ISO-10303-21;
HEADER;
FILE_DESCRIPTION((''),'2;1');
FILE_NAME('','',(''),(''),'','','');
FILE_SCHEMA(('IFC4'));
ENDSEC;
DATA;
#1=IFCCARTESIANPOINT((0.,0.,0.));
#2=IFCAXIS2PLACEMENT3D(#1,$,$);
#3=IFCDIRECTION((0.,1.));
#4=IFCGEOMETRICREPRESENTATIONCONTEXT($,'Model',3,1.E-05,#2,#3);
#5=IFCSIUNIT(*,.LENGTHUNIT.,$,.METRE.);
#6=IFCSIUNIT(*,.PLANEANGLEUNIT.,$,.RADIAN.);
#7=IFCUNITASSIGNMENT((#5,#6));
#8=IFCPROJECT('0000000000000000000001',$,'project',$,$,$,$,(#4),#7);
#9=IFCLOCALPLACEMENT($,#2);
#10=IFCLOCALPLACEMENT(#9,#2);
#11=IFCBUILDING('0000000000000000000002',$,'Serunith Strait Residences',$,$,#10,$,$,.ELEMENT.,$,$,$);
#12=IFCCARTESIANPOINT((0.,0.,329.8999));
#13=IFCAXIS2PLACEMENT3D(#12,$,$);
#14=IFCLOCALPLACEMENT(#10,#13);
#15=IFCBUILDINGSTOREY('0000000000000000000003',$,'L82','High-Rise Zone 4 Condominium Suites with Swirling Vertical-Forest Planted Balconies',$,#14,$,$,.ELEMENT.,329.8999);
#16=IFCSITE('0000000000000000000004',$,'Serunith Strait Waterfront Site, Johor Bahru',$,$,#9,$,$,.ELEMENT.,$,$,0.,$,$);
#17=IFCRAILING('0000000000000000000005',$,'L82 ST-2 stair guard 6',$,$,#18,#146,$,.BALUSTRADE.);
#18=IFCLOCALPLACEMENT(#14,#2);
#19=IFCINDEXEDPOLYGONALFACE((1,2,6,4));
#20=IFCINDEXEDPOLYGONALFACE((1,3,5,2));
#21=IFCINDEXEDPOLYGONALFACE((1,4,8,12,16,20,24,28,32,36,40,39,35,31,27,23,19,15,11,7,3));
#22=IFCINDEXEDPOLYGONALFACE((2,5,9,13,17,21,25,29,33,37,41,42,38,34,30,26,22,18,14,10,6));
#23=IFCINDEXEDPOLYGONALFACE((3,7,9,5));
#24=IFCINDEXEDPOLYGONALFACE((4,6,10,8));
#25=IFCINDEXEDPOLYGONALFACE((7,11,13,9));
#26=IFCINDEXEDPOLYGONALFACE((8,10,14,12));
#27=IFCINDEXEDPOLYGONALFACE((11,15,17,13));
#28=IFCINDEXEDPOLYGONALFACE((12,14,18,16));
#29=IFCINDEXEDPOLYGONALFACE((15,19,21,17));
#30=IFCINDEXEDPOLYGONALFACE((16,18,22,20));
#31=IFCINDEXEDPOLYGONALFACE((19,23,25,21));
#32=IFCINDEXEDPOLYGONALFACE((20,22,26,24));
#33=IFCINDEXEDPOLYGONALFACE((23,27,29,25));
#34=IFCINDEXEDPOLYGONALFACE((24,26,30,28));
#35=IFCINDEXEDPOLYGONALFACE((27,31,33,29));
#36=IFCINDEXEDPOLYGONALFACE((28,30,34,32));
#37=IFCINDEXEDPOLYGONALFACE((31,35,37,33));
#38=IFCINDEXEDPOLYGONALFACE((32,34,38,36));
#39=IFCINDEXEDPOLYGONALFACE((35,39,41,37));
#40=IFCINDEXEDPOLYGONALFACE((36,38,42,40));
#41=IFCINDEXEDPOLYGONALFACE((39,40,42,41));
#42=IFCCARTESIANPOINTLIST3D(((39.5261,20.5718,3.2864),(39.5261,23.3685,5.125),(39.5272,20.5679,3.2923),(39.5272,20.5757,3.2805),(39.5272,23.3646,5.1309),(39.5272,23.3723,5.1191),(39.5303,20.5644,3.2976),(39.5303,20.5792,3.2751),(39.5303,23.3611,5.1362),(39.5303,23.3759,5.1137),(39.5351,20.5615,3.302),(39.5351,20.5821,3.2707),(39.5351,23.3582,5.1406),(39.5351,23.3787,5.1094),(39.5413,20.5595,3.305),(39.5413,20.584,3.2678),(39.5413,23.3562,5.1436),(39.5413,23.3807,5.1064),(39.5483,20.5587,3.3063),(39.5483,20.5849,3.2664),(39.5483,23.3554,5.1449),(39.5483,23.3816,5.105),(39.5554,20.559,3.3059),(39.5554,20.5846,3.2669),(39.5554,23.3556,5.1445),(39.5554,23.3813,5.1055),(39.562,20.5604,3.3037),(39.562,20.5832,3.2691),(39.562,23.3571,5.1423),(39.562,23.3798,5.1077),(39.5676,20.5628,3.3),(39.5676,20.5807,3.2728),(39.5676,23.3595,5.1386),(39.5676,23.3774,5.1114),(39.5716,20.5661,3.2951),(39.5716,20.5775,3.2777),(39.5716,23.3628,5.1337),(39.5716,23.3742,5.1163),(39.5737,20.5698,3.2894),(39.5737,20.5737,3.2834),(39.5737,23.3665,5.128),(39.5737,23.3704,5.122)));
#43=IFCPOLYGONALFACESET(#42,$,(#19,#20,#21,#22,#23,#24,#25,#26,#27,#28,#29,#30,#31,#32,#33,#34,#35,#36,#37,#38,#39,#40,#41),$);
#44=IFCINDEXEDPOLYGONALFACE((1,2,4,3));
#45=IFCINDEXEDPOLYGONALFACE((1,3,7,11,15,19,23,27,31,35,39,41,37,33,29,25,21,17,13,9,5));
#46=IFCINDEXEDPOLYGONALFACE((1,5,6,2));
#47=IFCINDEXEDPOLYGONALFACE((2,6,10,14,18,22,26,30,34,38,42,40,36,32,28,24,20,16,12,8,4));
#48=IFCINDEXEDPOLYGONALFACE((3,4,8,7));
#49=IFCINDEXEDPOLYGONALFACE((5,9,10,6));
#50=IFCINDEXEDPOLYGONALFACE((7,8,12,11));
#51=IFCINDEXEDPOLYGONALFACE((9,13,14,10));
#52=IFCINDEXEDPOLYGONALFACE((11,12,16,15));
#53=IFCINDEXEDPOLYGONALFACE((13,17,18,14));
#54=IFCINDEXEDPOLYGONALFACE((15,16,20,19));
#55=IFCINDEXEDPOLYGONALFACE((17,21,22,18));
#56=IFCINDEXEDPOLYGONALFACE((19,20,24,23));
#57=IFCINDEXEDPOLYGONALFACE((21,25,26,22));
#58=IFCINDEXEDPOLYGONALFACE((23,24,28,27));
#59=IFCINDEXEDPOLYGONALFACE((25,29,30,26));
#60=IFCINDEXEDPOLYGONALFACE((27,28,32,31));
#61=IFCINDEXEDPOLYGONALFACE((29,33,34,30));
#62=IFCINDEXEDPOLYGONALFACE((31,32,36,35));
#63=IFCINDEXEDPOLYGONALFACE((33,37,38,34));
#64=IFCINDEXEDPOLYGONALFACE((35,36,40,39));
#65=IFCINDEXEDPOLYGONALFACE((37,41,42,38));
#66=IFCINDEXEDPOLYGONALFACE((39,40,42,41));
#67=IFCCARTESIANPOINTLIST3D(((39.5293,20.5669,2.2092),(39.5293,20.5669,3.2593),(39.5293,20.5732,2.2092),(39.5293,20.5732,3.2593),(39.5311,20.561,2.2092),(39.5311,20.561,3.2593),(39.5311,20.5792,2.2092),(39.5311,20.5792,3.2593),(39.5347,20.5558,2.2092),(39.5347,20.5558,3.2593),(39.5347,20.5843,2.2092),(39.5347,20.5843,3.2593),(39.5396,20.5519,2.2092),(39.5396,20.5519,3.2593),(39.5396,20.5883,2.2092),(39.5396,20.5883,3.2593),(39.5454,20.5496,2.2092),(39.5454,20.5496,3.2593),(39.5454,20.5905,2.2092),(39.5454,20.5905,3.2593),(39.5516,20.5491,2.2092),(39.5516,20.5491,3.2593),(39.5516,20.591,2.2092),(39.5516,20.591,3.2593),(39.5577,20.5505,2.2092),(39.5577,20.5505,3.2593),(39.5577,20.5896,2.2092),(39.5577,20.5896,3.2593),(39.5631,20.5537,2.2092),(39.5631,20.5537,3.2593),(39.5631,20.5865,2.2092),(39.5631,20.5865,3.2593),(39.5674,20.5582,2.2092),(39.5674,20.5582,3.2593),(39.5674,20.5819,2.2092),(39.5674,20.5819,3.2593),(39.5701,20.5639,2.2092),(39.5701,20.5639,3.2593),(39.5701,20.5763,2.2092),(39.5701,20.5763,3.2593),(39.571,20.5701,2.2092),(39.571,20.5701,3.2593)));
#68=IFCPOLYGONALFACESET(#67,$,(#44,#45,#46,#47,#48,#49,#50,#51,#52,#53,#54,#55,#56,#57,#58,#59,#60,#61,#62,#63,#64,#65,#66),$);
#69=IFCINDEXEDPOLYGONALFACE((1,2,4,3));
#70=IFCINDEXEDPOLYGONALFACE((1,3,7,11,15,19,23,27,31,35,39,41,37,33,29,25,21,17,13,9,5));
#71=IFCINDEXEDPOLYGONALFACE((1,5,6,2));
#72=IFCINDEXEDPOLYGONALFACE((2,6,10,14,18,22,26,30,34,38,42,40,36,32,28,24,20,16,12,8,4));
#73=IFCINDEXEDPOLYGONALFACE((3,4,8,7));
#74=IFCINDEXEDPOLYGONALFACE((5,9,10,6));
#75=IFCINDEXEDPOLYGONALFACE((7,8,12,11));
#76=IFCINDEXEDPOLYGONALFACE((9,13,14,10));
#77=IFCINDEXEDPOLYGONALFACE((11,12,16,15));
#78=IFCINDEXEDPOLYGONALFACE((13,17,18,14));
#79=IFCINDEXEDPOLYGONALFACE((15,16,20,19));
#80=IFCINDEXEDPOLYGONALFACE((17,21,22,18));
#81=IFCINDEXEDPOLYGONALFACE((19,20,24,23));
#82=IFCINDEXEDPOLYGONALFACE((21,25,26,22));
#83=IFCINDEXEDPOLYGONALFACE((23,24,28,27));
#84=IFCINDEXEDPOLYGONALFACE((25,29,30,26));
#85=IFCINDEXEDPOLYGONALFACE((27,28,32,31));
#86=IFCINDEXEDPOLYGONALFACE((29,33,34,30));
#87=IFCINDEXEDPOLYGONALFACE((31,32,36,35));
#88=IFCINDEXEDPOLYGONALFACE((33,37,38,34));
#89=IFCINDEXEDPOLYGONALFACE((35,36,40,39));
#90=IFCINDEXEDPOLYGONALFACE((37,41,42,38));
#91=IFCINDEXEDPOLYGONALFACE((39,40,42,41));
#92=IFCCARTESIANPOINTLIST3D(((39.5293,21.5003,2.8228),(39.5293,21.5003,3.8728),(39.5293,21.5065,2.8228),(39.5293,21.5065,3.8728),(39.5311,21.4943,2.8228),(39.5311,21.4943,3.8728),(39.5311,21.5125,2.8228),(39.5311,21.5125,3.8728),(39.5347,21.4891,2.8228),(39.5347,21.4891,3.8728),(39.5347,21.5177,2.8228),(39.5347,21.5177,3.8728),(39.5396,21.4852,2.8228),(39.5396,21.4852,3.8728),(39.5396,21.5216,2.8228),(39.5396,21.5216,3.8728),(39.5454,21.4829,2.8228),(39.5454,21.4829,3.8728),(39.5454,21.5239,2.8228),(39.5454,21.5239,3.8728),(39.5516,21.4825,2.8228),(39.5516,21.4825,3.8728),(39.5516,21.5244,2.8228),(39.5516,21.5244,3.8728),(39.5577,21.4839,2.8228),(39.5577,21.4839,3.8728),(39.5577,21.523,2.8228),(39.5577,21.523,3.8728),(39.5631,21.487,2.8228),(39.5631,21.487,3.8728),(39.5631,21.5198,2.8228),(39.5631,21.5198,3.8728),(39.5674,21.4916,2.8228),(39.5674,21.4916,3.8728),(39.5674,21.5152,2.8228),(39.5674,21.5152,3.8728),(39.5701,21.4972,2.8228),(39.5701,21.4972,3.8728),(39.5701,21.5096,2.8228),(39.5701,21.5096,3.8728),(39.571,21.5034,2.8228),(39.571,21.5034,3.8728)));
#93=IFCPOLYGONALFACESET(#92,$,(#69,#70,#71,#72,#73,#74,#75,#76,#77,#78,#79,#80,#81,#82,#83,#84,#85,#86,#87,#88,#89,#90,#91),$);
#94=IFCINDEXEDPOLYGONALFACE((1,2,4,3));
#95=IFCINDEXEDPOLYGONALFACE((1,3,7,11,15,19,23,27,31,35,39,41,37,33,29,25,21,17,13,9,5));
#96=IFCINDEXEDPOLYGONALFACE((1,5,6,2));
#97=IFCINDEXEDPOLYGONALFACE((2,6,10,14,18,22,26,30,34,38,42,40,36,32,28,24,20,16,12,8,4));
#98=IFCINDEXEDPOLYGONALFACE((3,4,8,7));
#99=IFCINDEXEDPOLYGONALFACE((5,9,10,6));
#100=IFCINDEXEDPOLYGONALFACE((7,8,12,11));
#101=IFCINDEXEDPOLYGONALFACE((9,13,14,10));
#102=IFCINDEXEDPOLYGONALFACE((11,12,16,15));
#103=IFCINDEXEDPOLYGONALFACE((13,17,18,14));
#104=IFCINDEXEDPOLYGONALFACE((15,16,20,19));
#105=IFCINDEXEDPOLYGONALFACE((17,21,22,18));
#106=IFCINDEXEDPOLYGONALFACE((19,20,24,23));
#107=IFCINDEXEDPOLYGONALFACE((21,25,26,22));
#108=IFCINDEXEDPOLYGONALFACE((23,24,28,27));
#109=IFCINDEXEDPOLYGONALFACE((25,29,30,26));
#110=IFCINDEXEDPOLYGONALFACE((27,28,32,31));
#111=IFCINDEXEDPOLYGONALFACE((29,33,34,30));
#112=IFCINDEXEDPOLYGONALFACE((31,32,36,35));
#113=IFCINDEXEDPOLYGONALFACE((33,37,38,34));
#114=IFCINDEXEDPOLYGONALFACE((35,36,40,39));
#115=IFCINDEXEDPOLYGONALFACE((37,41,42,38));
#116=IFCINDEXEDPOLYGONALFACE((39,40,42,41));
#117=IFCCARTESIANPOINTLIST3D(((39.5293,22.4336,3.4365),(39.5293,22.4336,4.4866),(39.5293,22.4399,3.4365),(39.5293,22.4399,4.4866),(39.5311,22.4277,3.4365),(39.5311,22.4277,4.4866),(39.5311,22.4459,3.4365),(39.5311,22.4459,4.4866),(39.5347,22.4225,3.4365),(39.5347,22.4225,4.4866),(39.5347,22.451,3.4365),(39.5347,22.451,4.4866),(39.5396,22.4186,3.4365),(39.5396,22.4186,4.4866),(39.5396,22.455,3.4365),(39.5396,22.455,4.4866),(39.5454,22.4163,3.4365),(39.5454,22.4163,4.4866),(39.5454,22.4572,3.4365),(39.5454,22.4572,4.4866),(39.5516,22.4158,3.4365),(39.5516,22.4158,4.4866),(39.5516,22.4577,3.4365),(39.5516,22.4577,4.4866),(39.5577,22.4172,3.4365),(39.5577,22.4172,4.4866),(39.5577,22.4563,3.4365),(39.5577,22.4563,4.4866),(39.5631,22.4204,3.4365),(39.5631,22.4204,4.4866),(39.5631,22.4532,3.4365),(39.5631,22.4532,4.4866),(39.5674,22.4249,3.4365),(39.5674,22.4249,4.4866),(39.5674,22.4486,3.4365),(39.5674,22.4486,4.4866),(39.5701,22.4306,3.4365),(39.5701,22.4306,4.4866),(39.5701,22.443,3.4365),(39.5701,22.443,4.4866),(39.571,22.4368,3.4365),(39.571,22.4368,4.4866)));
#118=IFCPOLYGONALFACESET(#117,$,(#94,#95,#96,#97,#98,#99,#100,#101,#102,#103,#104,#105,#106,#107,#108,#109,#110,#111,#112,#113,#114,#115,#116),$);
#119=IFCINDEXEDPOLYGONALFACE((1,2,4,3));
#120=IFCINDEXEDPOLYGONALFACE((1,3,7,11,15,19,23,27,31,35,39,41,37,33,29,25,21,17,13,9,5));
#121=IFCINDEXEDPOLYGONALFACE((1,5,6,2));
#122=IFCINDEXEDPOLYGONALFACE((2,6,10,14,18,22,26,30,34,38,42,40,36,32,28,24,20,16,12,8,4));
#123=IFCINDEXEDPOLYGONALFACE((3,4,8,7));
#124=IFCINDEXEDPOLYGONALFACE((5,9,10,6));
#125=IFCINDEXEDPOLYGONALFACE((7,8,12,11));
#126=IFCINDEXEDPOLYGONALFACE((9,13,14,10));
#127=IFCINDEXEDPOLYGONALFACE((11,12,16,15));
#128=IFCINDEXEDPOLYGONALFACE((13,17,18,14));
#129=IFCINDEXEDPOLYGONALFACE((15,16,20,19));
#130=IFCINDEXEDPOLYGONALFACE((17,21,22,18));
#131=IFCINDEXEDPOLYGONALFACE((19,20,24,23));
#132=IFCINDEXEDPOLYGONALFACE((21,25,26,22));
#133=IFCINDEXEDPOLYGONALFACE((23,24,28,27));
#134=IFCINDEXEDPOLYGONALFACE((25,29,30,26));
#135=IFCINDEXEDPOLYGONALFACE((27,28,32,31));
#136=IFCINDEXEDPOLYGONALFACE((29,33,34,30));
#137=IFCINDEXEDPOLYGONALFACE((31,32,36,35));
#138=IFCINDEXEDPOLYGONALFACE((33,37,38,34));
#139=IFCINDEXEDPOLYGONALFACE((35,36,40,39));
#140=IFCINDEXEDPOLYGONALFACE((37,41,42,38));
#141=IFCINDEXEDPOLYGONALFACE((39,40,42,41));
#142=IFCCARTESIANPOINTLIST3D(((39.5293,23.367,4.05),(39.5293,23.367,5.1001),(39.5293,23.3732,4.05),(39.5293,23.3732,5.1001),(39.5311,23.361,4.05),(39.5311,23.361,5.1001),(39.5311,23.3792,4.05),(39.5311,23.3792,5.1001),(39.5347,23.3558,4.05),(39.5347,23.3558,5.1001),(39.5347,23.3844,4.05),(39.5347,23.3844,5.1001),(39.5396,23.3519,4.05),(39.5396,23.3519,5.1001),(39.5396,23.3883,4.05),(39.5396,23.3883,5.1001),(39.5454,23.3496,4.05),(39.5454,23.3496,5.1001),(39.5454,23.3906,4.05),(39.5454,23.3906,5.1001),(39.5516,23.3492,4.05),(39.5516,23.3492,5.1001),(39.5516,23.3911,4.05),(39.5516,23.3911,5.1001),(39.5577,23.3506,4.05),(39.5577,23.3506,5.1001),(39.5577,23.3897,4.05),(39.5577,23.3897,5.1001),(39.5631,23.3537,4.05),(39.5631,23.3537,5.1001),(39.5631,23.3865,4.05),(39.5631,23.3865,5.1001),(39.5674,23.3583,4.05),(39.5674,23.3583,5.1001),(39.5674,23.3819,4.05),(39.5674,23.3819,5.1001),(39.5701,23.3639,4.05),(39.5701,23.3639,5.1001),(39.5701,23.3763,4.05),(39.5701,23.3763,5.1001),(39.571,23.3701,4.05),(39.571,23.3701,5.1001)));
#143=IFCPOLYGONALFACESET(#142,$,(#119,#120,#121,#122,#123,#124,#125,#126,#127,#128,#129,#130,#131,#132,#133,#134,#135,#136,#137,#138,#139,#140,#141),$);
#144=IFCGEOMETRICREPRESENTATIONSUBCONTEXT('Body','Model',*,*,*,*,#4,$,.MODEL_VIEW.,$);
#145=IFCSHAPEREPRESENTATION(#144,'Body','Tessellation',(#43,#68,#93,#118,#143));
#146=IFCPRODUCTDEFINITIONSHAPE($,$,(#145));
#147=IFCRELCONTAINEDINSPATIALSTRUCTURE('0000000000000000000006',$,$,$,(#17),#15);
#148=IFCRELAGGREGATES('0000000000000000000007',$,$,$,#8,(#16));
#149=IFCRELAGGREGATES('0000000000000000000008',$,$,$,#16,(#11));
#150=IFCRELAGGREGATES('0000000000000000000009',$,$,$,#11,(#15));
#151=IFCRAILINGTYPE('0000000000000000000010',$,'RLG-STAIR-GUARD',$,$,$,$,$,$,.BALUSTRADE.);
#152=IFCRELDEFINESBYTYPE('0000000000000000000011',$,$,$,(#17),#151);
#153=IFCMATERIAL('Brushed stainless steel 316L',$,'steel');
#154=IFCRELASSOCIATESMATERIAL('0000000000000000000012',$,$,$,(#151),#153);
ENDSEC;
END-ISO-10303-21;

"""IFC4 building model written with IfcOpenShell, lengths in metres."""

from ifc_helpers import new_model, si_unit, direction, frame, origin, origin_2d, place, context, subcontext, project, spatial, circle, extrude, material, type_object, element, save


model = new_model("IFC4")

# Units and contexts
model_context = context("Model", 3, precision=1e-05, world=origin(), true_north=direction((0.0, 1.0)))
body_context = subcontext(model_context, "Body", "Model", "MODEL_VIEW")
ifc_project = project(units=[si_unit("LENGTHUNIT", "METRE"), si_unit("PLANEANGLEUNIT", "RADIAN")], contexts=[model_context])

# Site, building, storey
site_placement = place(None, origin())
site = spatial("IfcSite", under=ifc_project, at=site_placement, Name="Serunith Strait Waterfront Site, Johor Bahru", CompositionType="ELEMENT", RefElevation=0.0)
building_placement = place(site_placement, origin())
building = spatial("IfcBuilding", under=site, at=building_placement, Name="Serunith Strait Residences", CompositionType="ELEMENT")
storey_placement = place(building_placement, frame((0.0, 0.0, 329.8999)))
storey = spatial("IfcBuildingStorey", under=building, at=storey_placement, Name="L82", Description="High-Rise Zone 4 Condominium Suites with Swirling Vertical-Forest Planted Balconies", CompositionType="ELEMENT", Elevation=329.8999)

# Railing
ifc_material_1 = material(Name="Brushed stainless steel 316L", Category="steel")
railing_type_1 = type_object("IfcRailingType", Name="RLG-STAIR-GUARD", PredefinedType="BALUSTRADE", material=ifc_material_1)
railing_1_placement = place(storey_placement, frame((39.55, 20.5701, 2.2092)))
element("IfcRailing", 1, at=railing_1_placement, inside=storey, type_object=railing_type_1, Name="L82 ST-2 stair guard 6", PredefinedType="BALUSTRADE", context=body_context, shape_type="SweptSolid", body=[
    extrude(circle(Radius=0.0239, at=origin_2d()), frame((0.0, 0.0017, 1.0771), z_axis=(0.0, 0.835598, 0.549342), x_axis=(-1.0, 0.0, 0.0)), (0.0, 0.0, 1.0), 3.3469),
    extrude(circle(Radius=0.021, at=origin_2d()), origin(), (0.0, 0.0, 1.0), 1.05),
    extrude(circle(Radius=0.021, at=origin_2d()), frame((0.0, 0.9333, 0.6135)), (0.0, 0.0, 1.0), 1.05),
    extrude(circle(Radius=0.021, at=origin_2d()), frame((0.0, 1.8667, 1.2273)), (0.0, 0.0, 1.0), 1.05),
    extrude(circle(Radius=0.021, at=origin_2d()), frame((0.0, 2.8, 1.8408)), (0.0, 0.0, 1.0), 1.05),
])

save(model, "model.ifc")
